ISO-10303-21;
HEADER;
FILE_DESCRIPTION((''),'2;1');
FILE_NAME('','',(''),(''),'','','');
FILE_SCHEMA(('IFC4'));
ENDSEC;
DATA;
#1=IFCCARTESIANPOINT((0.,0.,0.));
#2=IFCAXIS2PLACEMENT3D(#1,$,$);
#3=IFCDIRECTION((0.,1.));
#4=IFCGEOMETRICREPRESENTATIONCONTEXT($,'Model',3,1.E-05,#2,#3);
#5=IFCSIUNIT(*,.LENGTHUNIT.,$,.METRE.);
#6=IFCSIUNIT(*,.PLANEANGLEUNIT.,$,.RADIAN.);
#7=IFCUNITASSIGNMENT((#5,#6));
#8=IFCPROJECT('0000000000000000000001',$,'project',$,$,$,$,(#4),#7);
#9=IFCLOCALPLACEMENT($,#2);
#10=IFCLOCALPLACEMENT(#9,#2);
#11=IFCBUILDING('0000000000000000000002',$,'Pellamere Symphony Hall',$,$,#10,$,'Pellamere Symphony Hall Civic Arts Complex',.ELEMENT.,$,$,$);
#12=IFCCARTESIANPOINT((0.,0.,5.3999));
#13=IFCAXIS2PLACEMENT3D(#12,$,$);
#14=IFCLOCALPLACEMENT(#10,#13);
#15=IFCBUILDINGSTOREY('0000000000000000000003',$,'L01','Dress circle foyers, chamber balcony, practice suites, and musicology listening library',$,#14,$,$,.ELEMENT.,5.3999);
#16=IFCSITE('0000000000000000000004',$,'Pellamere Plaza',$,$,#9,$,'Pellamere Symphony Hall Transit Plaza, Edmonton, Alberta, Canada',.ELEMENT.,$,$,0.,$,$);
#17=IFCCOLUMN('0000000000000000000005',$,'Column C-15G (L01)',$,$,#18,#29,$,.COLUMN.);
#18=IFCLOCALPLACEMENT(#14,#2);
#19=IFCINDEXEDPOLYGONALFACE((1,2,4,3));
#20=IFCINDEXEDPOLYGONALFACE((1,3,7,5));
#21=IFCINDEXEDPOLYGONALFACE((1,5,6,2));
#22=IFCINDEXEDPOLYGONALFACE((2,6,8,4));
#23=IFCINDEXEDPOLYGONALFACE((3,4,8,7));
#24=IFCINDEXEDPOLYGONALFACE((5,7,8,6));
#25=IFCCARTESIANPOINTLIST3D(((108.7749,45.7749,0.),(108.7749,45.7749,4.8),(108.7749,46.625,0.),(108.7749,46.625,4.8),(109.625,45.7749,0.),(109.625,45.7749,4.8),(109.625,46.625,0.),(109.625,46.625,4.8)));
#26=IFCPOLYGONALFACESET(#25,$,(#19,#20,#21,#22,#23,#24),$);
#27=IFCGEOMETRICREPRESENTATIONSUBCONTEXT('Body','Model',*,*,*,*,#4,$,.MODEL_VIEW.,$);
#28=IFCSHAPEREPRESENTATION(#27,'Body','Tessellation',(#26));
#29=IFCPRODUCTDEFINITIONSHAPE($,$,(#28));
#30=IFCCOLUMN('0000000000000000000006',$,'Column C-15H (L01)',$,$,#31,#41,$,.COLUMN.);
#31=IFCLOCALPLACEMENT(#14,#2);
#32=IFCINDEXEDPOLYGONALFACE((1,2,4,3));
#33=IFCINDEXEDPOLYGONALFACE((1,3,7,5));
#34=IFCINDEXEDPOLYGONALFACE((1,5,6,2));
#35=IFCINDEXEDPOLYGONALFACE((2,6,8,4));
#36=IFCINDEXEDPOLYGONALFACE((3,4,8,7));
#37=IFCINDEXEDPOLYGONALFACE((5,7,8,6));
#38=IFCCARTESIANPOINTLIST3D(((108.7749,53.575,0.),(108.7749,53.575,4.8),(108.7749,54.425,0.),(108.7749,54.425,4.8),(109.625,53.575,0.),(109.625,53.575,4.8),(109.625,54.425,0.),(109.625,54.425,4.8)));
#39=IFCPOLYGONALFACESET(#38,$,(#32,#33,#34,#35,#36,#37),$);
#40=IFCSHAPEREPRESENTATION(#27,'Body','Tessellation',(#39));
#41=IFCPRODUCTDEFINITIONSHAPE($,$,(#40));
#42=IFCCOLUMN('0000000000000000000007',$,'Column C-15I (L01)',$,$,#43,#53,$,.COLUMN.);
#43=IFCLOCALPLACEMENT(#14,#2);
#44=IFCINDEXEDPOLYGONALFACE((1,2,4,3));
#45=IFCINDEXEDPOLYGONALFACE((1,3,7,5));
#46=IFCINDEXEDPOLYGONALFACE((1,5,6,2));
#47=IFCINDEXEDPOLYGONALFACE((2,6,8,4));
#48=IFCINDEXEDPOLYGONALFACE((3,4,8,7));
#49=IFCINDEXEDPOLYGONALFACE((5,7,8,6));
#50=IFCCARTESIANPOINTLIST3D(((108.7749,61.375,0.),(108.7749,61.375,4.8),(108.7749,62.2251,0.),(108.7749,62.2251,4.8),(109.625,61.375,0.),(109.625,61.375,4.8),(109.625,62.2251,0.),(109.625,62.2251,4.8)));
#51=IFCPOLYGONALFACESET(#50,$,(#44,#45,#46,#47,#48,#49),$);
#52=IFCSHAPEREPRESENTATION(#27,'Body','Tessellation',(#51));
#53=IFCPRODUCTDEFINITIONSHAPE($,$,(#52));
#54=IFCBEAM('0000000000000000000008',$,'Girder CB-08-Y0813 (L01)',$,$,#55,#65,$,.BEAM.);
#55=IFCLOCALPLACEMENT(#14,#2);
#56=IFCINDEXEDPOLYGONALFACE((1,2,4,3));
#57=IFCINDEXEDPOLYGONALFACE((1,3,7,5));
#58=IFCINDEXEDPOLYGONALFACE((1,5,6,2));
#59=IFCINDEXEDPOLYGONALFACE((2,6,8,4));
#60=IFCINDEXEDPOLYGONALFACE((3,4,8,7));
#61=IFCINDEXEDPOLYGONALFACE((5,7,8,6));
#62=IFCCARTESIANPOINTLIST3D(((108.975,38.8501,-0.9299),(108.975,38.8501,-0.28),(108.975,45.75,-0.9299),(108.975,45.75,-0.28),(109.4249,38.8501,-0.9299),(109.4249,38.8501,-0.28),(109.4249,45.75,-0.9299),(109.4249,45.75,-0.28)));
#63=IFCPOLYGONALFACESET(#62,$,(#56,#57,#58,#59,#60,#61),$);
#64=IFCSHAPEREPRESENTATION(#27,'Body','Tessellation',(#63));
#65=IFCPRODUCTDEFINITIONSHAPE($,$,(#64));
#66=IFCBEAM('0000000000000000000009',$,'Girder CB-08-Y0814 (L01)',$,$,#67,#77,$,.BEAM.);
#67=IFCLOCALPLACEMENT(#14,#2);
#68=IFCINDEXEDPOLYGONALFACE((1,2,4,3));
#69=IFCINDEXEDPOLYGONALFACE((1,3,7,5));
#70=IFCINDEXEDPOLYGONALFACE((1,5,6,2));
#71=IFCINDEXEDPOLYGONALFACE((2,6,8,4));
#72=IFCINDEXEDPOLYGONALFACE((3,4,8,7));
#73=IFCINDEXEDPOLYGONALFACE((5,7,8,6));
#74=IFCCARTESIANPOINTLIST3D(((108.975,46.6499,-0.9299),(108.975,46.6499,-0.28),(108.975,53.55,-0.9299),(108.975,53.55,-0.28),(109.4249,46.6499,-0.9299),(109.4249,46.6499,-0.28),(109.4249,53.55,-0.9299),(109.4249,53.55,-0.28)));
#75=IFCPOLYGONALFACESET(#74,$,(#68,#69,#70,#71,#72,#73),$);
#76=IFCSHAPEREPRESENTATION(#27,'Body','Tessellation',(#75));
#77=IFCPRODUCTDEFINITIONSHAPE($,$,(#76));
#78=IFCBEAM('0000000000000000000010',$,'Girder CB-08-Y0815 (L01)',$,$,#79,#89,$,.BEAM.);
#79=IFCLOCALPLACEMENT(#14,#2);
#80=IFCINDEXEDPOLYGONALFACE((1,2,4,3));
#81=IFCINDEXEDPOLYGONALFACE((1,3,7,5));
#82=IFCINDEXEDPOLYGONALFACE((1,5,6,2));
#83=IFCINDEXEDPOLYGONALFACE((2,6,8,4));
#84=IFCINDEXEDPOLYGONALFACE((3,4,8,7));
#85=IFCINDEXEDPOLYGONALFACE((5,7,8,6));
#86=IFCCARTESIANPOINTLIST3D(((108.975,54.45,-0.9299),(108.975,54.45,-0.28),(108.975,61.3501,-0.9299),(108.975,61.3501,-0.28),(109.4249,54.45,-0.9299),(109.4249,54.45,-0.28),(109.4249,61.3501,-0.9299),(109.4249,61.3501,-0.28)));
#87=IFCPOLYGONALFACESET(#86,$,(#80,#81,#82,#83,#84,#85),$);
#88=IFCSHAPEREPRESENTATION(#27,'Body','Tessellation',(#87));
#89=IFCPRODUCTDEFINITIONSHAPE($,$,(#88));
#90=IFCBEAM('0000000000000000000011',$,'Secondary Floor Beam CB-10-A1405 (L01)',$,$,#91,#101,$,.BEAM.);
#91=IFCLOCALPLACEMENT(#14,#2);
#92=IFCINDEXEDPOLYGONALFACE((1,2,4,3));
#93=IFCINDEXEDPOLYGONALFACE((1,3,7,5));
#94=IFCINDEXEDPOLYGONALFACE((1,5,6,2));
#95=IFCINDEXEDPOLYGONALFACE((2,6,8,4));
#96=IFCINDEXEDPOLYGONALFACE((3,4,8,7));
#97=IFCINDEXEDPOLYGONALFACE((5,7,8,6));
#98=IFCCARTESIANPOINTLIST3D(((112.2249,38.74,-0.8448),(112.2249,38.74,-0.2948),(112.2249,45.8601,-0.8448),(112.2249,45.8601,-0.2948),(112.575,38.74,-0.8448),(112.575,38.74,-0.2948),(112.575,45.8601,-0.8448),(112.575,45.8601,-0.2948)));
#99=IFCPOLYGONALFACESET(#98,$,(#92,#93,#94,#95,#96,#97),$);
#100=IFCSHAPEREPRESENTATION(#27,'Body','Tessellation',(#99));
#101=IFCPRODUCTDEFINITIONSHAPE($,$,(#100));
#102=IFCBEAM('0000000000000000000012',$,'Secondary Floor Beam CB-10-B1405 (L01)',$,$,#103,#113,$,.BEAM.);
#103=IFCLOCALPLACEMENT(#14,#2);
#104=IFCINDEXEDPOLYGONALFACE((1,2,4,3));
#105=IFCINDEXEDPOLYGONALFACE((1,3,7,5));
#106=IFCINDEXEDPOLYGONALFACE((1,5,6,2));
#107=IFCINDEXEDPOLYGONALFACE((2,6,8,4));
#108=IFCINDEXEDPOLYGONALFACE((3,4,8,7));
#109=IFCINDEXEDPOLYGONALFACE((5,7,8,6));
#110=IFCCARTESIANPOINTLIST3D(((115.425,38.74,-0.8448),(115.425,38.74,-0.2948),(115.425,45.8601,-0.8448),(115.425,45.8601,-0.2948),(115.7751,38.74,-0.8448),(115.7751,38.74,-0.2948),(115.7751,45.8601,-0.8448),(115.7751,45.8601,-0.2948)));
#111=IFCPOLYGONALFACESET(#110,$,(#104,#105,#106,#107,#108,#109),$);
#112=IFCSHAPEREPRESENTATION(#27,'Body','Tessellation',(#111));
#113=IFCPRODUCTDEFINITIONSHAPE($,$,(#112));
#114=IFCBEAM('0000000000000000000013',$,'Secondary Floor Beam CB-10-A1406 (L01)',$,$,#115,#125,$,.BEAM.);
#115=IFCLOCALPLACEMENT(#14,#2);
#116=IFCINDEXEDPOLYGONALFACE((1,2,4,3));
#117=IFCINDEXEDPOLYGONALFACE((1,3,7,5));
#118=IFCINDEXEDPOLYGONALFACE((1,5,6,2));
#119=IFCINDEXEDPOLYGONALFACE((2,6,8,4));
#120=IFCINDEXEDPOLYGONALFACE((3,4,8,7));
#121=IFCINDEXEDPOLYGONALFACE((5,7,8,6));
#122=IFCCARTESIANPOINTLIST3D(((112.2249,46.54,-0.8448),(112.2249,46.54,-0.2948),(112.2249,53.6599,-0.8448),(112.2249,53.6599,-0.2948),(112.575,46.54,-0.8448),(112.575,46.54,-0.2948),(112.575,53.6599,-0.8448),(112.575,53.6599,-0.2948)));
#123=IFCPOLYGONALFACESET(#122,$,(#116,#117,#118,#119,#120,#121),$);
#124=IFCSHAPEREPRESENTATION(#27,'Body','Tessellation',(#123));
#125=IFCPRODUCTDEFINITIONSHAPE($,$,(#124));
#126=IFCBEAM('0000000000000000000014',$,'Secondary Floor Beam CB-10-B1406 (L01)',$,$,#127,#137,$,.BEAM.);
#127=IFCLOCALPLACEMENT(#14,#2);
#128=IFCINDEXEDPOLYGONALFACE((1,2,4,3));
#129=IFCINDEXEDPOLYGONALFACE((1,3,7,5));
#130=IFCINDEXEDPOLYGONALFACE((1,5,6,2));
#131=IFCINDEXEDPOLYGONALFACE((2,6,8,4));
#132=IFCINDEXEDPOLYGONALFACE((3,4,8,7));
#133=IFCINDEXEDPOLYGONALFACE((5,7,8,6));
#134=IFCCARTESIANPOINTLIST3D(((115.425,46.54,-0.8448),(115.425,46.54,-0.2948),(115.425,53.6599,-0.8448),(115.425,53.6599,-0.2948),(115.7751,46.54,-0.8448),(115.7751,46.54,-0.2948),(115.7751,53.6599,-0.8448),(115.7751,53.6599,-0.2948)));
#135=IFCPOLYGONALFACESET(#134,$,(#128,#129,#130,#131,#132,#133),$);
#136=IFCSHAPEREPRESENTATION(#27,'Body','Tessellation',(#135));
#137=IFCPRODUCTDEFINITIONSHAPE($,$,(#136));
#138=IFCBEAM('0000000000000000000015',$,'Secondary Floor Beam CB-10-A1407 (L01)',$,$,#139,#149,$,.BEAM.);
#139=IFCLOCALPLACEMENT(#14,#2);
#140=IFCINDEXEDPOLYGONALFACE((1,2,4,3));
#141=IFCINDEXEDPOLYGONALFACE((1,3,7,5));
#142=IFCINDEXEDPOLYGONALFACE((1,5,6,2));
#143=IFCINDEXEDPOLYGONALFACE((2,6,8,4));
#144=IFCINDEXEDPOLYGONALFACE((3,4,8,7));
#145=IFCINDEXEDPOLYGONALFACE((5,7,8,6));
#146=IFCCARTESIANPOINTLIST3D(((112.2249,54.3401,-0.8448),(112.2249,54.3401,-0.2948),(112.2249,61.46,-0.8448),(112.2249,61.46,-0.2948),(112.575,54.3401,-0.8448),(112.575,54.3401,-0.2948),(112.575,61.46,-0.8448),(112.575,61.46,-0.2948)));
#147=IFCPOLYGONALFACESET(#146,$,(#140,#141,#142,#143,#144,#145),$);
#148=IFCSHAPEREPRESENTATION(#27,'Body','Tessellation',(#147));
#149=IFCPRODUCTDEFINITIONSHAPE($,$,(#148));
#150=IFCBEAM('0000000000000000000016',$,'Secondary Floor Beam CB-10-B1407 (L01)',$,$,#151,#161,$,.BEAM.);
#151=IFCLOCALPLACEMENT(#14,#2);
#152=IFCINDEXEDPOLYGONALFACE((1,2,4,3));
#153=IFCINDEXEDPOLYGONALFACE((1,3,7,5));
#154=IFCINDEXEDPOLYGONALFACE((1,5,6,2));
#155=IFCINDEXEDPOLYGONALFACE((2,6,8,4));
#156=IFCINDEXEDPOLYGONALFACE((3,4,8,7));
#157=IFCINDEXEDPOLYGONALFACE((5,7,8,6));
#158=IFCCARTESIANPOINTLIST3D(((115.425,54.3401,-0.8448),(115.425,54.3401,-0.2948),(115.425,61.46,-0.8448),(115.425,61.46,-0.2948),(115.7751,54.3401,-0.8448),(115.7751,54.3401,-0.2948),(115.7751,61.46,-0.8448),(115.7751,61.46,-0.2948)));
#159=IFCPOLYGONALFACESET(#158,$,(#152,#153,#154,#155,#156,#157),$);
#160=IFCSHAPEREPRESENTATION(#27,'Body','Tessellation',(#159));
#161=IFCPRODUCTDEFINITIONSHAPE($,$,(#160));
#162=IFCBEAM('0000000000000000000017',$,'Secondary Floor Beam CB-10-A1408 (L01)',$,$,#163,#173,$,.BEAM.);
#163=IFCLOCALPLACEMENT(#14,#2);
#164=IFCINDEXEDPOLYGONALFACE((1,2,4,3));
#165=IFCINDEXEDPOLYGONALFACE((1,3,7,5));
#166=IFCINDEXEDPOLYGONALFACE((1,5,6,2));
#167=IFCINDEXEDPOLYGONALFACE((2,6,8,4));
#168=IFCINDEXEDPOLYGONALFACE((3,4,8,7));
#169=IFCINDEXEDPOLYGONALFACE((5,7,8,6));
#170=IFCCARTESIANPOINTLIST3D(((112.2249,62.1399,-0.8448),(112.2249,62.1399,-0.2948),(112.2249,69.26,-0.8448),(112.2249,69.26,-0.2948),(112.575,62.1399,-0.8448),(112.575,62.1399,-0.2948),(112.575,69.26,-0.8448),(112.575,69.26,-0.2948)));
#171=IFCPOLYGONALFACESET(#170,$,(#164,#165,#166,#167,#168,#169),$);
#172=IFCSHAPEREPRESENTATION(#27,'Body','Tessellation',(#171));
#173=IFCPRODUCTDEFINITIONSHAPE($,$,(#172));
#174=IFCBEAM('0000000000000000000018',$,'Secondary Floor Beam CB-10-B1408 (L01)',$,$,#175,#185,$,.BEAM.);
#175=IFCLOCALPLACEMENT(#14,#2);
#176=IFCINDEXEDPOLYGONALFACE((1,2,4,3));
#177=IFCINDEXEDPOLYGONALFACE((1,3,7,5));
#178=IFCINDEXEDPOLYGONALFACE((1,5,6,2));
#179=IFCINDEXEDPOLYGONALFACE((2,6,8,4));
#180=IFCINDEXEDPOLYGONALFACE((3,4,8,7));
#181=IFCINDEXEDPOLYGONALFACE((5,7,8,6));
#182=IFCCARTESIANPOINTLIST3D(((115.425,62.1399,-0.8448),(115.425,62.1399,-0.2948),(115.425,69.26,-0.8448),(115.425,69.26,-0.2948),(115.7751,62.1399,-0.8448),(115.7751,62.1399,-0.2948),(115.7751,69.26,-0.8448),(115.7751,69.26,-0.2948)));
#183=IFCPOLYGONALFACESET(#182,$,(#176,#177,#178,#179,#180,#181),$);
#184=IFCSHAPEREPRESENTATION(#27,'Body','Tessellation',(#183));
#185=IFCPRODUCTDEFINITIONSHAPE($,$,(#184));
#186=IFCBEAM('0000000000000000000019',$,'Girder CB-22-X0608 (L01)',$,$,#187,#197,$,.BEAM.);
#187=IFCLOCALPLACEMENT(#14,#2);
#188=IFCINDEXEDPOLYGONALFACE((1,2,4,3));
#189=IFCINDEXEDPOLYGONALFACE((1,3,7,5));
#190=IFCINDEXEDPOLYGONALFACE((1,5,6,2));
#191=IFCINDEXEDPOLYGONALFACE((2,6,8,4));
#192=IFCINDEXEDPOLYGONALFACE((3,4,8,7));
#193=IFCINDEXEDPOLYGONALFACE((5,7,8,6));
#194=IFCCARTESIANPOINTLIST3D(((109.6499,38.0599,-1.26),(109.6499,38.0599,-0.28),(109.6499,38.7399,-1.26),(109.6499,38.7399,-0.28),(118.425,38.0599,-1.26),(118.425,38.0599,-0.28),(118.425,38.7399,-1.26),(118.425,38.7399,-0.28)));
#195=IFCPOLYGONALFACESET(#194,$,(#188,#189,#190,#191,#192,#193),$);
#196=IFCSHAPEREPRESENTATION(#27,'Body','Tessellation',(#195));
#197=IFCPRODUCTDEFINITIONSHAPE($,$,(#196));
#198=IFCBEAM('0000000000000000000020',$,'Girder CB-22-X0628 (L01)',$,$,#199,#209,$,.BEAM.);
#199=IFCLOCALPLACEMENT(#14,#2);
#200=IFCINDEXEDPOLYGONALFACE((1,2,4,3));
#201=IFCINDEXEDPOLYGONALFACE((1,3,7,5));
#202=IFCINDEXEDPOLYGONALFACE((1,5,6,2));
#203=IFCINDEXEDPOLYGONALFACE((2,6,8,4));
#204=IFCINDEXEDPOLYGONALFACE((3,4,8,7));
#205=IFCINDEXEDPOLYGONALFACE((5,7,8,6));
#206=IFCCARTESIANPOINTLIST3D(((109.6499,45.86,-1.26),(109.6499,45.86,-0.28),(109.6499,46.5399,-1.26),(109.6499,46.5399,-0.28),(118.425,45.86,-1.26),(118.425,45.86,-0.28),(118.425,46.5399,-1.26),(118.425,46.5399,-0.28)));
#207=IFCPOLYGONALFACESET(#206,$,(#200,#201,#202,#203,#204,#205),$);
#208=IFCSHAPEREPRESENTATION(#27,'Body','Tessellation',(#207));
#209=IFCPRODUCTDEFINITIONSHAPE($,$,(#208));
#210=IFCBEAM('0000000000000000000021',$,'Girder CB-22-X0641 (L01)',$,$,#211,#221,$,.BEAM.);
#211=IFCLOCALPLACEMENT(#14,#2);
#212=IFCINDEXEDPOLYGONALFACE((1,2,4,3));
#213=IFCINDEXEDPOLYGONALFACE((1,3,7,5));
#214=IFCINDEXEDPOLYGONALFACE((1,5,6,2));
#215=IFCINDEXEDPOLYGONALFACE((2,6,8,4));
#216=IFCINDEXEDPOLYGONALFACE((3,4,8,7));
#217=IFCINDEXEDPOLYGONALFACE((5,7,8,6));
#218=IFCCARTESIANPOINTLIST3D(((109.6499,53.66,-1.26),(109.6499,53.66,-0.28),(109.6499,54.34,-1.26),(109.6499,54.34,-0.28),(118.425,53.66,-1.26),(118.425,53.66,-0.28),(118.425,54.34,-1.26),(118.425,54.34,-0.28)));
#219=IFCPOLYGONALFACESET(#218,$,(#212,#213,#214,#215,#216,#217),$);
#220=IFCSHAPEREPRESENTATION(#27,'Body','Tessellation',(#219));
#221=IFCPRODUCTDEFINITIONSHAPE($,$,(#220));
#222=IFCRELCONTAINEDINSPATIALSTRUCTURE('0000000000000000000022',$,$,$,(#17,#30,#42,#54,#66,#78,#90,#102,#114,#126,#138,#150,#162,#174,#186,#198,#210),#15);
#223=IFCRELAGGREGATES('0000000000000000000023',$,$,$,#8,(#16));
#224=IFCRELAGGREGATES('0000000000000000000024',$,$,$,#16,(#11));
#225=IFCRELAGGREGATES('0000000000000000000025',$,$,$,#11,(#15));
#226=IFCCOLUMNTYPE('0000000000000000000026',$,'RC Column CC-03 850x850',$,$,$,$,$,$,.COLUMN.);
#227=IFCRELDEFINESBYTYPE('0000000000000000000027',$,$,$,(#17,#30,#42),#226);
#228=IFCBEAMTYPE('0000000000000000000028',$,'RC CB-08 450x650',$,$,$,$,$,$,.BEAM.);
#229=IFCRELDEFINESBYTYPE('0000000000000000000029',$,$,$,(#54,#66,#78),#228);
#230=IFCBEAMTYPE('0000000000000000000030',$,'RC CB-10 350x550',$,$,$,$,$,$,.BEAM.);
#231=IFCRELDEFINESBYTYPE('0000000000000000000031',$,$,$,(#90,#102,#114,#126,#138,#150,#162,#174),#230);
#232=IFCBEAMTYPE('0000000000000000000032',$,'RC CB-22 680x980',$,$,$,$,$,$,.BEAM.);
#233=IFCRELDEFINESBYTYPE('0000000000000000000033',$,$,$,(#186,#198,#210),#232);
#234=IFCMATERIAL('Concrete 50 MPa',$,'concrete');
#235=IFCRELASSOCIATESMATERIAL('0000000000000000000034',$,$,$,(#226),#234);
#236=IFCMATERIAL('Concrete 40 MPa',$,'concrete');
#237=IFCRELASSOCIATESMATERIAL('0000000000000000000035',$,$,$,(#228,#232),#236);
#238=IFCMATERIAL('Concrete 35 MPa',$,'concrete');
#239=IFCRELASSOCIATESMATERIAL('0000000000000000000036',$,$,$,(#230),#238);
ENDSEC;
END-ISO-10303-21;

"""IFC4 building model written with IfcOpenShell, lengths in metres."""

from ifc_helpers import new_model, si_unit, direction, frame, origin, origin_2d, place, context, subcontext, project, spatial, rectangle, extrude, material, material_profile, profile_set, type_object, element, save


model = new_model("IFC4")

# Units and contexts
model_context = context("Model", 3, precision=1e-05, world=origin(), true_north=direction((0.0, 1.0)))
body_context = subcontext(model_context, "Body", "Model", "MODEL_VIEW")
ifc_project = project(units=[si_unit("LENGTHUNIT", "METRE"), si_unit("PLANEANGLEUNIT", "RADIAN")], contexts=[model_context])

# Site, building, storey
site_placement = place(None, origin())
site = spatial("IfcSite", under=ifc_project, at=site_placement, Name="Pellamere Plaza", LongName="Pellamere Symphony Hall Transit Plaza, Edmonton, Alberta, Canada", CompositionType="ELEMENT", RefElevation=0.0)
building_placement = place(site_placement, origin())
building = spatial("IfcBuilding", under=site, at=building_placement, Name="Pellamere Symphony Hall", LongName="Pellamere Symphony Hall Civic Arts Complex", CompositionType="ELEMENT")
storey_placement = place(building_placement, frame((0.0, 0.0, 5.3999)))
storey = spatial("IfcBuildingStorey", under=building, at=storey_placement, Name="L01", Description="Dress circle foyers, chamber balcony, practice suites, and musicology listening library", CompositionType="ELEMENT", Elevation=5.3999)

# Columns
ifc_material_1 = material(Name="Concrete 50 MPa", Category="concrete")
ifc_material_profile_1 = material_profile(ifc_material_1, rectangle(XDim=0.8501, YDim=0.8501, at=origin_2d()), Name="RC 850x850")
ifc_profile_set_1 = profile_set([ifc_material_profile_1], Name="Concrete 50 MPa")
column_type = type_object("IfcColumnType", Name="RC Column CC-03 850x850", PredefinedType="COLUMN", material=ifc_profile_set_1)
for number, where, z_axis, x_axis, name in (
    (1, (109.2, 46.2, 0.0), (0.0, 0.0, 1.0), (1.0, 0.0, 0.0), "Column C-15G (L01)"),
    (2, (109.2, 54.0, 0.0), (0.0, 0.0, 1.0), (1.0, 0.0, 0.0), "Column C-15H (L01)"),
    (3, (109.2, 61.8, 0.0), (0.0, 0.0, 1.0), (1.0, 0.0, 0.0), "Column C-15I (L01)"),
):
    element("IfcColumn", number, at=place(storey_placement, frame(where, z_axis=z_axis, x_axis=x_axis)), inside=storey, type_object=column_type, Name=name, PredefinedType="COLUMN", context=body_context, shape_type="SweptSolid", body=[
        extrude(rectangle(XDim=0.8501, YDim=0.8501, at=origin_2d()), origin(), (0.0, 0.0, 1.0), 4.8),
    ])

# Beams
ifc_material_2 = material(Name="Concrete 40 MPa", Category="concrete")
ifc_material_profile_2 = material_profile(ifc_material_2, rectangle(XDim=0.45, YDim=0.6499, at=origin_2d()), Name="RC 450x650")
ifc_profile_set_2 = profile_set([ifc_material_profile_2], Name="Concrete 40 MPa")
beam_type_1 = type_object("IfcBeamType", Name="RC CB-08 450x650", PredefinedType="BEAM", material=ifc_profile_set_2)
beam_placement = place(storey_placement, frame((109.2, 38.8501, -0.605), z_axis=(0.0, 1.0, 0.0), x_axis=(-1.0, 0.0, 0.0)))
element("IfcBeam", 4, at=beam_placement, inside=storey, type_object=beam_type_1, Name="Girder CB-08-Y0813 (L01)", PredefinedType="BEAM", context=body_context, shape_type="SweptSolid", body=[
    extrude(rectangle(XDim=0.45, YDim=0.6499, at=origin_2d()), origin(), (0.0, 0.0, 1.0), 6.8999),
])
for number, where, z_axis, x_axis, name in (
    (5, (109.2, 46.6499, -0.605), (0.0, 1.0, 0.0), (-1.0, 0.0, 0.0), "Girder CB-08-Y0814 (L01)"),
    (6, (109.2, 54.45, -0.605), (0.0, 1.0, 0.0), (-1.0, 0.0, 0.0), "Girder CB-08-Y0815 (L01)"),
):
    element("IfcBeam", number, at=place(storey_placement, frame(where, z_axis=z_axis, x_axis=x_axis)), inside=storey, type_object=beam_type_1, Name=name, PredefinedType="BEAM", context=body_context, shape_type="SweptSolid", body=[
        extrude(rectangle(XDim=0.45, YDim=0.6499, at=origin_2d()), origin(), (0.0, 0.0, 1.0), 6.9001),
    ])
ifc_material_3 = material(Name="Concrete 35 MPa", Category="concrete")
ifc_material_profile_3 = material_profile(ifc_material_3, rectangle(XDim=0.3501, YDim=0.55, at=origin_2d()), Name="RC 350x550")
ifc_profile_set_3 = profile_set([ifc_material_profile_3], Name="Concrete 35 MPa")
beam_type_2 = type_object("IfcBeamType", Name="RC CB-10 350x550", PredefinedType="BEAM", material=ifc_profile_set_3)
for number, where, z_axis, x_axis, name in (
    (7, (112.3999, 38.74, -0.5698), (0.0, 1.0, 0.0), (-1.0, 0.0, 0.0), "Secondary Floor Beam CB-10-A1405 (L01)"),
    (8, (115.6001, 38.74, -0.5698), (0.0, 1.0, 0.0), (-1.0, 0.0, 0.0), "Secondary Floor Beam CB-10-B1405 (L01)"),
):
    element("IfcBeam", number, at=place(storey_placement, frame(where, z_axis=z_axis, x_axis=x_axis)), inside=storey, type_object=beam_type_2, Name=name, PredefinedType="BEAM", context=body_context, shape_type="SweptSolid", body=[
        extrude(rectangle(XDim=0.3501, YDim=0.55, at=origin_2d()), origin(), (0.0, 0.0, 1.0), 7.1201),
    ])
for number, where, z_axis, x_axis, name in (
    (9, (112.3999, 46.54, -0.5698), (0.0, 1.0, 0.0), (-1.0, 0.0, 0.0), "Secondary Floor Beam CB-10-A1406 (L01)"),
    (10, (115.6001, 46.54, -0.5698), (0.0, 1.0, 0.0), (-1.0, 0.0, 0.0), "Secondary Floor Beam CB-10-B1406 (L01)"),
    (11, (112.3999, 54.3401, -0.5698), (0.0, 1.0, 0.0), (-1.0, 0.0, 0.0), "Secondary Floor Beam CB-10-A1407 (L01)"),
    (12, (115.6001, 54.3401, -0.5698), (0.0, 1.0, 0.0), (-1.0, 0.0, 0.0), "Secondary Floor Beam CB-10-B1407 (L01)"),
):
    element("IfcBeam", number, at=place(storey_placement, frame(where, z_axis=z_axis, x_axis=x_axis)), inside=storey, type_object=beam_type_2, Name=name, PredefinedType="BEAM", context=body_context, shape_type="SweptSolid", body=[
        extrude(rectangle(XDim=0.3501, YDim=0.55, at=origin_2d()), origin(), (0.0, 0.0, 1.0), 7.1199),
    ])
for number, where, z_axis, x_axis, name in (
    (13, (112.3999, 62.1399, -0.5698), (0.0, 1.0, 0.0), (-1.0, 0.0, 0.0), "Secondary Floor Beam CB-10-A1408 (L01)"),
    (14, (115.6001, 62.1399, -0.5698), (0.0, 1.0, 0.0), (-1.0, 0.0, 0.0), "Secondary Floor Beam CB-10-B1408 (L01)"),
):
    element("IfcBeam", number, at=place(storey_placement, frame(where, z_axis=z_axis, x_axis=x_axis)), inside=storey, type_object=beam_type_2, Name=name, PredefinedType="BEAM", context=body_context, shape_type="SweptSolid", body=[
        extrude(rectangle(XDim=0.3501, YDim=0.55, at=origin_2d()), origin(), (0.0, 0.0, 1.0), 7.1201),
    ])
ifc_material_profile_4 = material_profile(ifc_material_2, rectangle(XDim=0.6799, YDim=0.98, at=origin_2d()), Name="RC 680x980")
ifc_profile_set_4 = profile_set([ifc_material_profile_4], Name="Concrete 40 MPa")
beam_type_3 = type_object("IfcBeamType", Name="RC CB-22 680x980", PredefinedType="BEAM", material=ifc_profile_set_4)
for number, where, z_axis, x_axis, name in (
    (15, (109.6499, 38.3999, -0.77), (1.0, 0.0, 0.0), (0.0, 1.0, 0.0), "Girder CB-22-X0608 (L01)"),
    (16, (109.6499, 46.2, -0.77), (1.0, 0.0, 0.0), (0.0, 1.0, 0.0), "Girder CB-22-X0628 (L01)"),
    (17, (109.6499, 54.0, -0.77), (1.0, 0.0, 0.0), (0.0, 1.0, 0.0), "Girder CB-22-X0641 (L01)"),
):
    element("IfcBeam", number, at=place(storey_placement, frame(where, z_axis=z_axis, x_axis=x_axis)), inside=storey, type_object=beam_type_3, Name=name, PredefinedType="BEAM", context=body_context, shape_type="SweptSolid", body=[
        extrude(rectangle(XDim=0.6799, YDim=0.98, at=origin_2d()), origin(), (0.0, 0.0, 1.0), 8.7751),
    ])

save(model, "model.ifc")
